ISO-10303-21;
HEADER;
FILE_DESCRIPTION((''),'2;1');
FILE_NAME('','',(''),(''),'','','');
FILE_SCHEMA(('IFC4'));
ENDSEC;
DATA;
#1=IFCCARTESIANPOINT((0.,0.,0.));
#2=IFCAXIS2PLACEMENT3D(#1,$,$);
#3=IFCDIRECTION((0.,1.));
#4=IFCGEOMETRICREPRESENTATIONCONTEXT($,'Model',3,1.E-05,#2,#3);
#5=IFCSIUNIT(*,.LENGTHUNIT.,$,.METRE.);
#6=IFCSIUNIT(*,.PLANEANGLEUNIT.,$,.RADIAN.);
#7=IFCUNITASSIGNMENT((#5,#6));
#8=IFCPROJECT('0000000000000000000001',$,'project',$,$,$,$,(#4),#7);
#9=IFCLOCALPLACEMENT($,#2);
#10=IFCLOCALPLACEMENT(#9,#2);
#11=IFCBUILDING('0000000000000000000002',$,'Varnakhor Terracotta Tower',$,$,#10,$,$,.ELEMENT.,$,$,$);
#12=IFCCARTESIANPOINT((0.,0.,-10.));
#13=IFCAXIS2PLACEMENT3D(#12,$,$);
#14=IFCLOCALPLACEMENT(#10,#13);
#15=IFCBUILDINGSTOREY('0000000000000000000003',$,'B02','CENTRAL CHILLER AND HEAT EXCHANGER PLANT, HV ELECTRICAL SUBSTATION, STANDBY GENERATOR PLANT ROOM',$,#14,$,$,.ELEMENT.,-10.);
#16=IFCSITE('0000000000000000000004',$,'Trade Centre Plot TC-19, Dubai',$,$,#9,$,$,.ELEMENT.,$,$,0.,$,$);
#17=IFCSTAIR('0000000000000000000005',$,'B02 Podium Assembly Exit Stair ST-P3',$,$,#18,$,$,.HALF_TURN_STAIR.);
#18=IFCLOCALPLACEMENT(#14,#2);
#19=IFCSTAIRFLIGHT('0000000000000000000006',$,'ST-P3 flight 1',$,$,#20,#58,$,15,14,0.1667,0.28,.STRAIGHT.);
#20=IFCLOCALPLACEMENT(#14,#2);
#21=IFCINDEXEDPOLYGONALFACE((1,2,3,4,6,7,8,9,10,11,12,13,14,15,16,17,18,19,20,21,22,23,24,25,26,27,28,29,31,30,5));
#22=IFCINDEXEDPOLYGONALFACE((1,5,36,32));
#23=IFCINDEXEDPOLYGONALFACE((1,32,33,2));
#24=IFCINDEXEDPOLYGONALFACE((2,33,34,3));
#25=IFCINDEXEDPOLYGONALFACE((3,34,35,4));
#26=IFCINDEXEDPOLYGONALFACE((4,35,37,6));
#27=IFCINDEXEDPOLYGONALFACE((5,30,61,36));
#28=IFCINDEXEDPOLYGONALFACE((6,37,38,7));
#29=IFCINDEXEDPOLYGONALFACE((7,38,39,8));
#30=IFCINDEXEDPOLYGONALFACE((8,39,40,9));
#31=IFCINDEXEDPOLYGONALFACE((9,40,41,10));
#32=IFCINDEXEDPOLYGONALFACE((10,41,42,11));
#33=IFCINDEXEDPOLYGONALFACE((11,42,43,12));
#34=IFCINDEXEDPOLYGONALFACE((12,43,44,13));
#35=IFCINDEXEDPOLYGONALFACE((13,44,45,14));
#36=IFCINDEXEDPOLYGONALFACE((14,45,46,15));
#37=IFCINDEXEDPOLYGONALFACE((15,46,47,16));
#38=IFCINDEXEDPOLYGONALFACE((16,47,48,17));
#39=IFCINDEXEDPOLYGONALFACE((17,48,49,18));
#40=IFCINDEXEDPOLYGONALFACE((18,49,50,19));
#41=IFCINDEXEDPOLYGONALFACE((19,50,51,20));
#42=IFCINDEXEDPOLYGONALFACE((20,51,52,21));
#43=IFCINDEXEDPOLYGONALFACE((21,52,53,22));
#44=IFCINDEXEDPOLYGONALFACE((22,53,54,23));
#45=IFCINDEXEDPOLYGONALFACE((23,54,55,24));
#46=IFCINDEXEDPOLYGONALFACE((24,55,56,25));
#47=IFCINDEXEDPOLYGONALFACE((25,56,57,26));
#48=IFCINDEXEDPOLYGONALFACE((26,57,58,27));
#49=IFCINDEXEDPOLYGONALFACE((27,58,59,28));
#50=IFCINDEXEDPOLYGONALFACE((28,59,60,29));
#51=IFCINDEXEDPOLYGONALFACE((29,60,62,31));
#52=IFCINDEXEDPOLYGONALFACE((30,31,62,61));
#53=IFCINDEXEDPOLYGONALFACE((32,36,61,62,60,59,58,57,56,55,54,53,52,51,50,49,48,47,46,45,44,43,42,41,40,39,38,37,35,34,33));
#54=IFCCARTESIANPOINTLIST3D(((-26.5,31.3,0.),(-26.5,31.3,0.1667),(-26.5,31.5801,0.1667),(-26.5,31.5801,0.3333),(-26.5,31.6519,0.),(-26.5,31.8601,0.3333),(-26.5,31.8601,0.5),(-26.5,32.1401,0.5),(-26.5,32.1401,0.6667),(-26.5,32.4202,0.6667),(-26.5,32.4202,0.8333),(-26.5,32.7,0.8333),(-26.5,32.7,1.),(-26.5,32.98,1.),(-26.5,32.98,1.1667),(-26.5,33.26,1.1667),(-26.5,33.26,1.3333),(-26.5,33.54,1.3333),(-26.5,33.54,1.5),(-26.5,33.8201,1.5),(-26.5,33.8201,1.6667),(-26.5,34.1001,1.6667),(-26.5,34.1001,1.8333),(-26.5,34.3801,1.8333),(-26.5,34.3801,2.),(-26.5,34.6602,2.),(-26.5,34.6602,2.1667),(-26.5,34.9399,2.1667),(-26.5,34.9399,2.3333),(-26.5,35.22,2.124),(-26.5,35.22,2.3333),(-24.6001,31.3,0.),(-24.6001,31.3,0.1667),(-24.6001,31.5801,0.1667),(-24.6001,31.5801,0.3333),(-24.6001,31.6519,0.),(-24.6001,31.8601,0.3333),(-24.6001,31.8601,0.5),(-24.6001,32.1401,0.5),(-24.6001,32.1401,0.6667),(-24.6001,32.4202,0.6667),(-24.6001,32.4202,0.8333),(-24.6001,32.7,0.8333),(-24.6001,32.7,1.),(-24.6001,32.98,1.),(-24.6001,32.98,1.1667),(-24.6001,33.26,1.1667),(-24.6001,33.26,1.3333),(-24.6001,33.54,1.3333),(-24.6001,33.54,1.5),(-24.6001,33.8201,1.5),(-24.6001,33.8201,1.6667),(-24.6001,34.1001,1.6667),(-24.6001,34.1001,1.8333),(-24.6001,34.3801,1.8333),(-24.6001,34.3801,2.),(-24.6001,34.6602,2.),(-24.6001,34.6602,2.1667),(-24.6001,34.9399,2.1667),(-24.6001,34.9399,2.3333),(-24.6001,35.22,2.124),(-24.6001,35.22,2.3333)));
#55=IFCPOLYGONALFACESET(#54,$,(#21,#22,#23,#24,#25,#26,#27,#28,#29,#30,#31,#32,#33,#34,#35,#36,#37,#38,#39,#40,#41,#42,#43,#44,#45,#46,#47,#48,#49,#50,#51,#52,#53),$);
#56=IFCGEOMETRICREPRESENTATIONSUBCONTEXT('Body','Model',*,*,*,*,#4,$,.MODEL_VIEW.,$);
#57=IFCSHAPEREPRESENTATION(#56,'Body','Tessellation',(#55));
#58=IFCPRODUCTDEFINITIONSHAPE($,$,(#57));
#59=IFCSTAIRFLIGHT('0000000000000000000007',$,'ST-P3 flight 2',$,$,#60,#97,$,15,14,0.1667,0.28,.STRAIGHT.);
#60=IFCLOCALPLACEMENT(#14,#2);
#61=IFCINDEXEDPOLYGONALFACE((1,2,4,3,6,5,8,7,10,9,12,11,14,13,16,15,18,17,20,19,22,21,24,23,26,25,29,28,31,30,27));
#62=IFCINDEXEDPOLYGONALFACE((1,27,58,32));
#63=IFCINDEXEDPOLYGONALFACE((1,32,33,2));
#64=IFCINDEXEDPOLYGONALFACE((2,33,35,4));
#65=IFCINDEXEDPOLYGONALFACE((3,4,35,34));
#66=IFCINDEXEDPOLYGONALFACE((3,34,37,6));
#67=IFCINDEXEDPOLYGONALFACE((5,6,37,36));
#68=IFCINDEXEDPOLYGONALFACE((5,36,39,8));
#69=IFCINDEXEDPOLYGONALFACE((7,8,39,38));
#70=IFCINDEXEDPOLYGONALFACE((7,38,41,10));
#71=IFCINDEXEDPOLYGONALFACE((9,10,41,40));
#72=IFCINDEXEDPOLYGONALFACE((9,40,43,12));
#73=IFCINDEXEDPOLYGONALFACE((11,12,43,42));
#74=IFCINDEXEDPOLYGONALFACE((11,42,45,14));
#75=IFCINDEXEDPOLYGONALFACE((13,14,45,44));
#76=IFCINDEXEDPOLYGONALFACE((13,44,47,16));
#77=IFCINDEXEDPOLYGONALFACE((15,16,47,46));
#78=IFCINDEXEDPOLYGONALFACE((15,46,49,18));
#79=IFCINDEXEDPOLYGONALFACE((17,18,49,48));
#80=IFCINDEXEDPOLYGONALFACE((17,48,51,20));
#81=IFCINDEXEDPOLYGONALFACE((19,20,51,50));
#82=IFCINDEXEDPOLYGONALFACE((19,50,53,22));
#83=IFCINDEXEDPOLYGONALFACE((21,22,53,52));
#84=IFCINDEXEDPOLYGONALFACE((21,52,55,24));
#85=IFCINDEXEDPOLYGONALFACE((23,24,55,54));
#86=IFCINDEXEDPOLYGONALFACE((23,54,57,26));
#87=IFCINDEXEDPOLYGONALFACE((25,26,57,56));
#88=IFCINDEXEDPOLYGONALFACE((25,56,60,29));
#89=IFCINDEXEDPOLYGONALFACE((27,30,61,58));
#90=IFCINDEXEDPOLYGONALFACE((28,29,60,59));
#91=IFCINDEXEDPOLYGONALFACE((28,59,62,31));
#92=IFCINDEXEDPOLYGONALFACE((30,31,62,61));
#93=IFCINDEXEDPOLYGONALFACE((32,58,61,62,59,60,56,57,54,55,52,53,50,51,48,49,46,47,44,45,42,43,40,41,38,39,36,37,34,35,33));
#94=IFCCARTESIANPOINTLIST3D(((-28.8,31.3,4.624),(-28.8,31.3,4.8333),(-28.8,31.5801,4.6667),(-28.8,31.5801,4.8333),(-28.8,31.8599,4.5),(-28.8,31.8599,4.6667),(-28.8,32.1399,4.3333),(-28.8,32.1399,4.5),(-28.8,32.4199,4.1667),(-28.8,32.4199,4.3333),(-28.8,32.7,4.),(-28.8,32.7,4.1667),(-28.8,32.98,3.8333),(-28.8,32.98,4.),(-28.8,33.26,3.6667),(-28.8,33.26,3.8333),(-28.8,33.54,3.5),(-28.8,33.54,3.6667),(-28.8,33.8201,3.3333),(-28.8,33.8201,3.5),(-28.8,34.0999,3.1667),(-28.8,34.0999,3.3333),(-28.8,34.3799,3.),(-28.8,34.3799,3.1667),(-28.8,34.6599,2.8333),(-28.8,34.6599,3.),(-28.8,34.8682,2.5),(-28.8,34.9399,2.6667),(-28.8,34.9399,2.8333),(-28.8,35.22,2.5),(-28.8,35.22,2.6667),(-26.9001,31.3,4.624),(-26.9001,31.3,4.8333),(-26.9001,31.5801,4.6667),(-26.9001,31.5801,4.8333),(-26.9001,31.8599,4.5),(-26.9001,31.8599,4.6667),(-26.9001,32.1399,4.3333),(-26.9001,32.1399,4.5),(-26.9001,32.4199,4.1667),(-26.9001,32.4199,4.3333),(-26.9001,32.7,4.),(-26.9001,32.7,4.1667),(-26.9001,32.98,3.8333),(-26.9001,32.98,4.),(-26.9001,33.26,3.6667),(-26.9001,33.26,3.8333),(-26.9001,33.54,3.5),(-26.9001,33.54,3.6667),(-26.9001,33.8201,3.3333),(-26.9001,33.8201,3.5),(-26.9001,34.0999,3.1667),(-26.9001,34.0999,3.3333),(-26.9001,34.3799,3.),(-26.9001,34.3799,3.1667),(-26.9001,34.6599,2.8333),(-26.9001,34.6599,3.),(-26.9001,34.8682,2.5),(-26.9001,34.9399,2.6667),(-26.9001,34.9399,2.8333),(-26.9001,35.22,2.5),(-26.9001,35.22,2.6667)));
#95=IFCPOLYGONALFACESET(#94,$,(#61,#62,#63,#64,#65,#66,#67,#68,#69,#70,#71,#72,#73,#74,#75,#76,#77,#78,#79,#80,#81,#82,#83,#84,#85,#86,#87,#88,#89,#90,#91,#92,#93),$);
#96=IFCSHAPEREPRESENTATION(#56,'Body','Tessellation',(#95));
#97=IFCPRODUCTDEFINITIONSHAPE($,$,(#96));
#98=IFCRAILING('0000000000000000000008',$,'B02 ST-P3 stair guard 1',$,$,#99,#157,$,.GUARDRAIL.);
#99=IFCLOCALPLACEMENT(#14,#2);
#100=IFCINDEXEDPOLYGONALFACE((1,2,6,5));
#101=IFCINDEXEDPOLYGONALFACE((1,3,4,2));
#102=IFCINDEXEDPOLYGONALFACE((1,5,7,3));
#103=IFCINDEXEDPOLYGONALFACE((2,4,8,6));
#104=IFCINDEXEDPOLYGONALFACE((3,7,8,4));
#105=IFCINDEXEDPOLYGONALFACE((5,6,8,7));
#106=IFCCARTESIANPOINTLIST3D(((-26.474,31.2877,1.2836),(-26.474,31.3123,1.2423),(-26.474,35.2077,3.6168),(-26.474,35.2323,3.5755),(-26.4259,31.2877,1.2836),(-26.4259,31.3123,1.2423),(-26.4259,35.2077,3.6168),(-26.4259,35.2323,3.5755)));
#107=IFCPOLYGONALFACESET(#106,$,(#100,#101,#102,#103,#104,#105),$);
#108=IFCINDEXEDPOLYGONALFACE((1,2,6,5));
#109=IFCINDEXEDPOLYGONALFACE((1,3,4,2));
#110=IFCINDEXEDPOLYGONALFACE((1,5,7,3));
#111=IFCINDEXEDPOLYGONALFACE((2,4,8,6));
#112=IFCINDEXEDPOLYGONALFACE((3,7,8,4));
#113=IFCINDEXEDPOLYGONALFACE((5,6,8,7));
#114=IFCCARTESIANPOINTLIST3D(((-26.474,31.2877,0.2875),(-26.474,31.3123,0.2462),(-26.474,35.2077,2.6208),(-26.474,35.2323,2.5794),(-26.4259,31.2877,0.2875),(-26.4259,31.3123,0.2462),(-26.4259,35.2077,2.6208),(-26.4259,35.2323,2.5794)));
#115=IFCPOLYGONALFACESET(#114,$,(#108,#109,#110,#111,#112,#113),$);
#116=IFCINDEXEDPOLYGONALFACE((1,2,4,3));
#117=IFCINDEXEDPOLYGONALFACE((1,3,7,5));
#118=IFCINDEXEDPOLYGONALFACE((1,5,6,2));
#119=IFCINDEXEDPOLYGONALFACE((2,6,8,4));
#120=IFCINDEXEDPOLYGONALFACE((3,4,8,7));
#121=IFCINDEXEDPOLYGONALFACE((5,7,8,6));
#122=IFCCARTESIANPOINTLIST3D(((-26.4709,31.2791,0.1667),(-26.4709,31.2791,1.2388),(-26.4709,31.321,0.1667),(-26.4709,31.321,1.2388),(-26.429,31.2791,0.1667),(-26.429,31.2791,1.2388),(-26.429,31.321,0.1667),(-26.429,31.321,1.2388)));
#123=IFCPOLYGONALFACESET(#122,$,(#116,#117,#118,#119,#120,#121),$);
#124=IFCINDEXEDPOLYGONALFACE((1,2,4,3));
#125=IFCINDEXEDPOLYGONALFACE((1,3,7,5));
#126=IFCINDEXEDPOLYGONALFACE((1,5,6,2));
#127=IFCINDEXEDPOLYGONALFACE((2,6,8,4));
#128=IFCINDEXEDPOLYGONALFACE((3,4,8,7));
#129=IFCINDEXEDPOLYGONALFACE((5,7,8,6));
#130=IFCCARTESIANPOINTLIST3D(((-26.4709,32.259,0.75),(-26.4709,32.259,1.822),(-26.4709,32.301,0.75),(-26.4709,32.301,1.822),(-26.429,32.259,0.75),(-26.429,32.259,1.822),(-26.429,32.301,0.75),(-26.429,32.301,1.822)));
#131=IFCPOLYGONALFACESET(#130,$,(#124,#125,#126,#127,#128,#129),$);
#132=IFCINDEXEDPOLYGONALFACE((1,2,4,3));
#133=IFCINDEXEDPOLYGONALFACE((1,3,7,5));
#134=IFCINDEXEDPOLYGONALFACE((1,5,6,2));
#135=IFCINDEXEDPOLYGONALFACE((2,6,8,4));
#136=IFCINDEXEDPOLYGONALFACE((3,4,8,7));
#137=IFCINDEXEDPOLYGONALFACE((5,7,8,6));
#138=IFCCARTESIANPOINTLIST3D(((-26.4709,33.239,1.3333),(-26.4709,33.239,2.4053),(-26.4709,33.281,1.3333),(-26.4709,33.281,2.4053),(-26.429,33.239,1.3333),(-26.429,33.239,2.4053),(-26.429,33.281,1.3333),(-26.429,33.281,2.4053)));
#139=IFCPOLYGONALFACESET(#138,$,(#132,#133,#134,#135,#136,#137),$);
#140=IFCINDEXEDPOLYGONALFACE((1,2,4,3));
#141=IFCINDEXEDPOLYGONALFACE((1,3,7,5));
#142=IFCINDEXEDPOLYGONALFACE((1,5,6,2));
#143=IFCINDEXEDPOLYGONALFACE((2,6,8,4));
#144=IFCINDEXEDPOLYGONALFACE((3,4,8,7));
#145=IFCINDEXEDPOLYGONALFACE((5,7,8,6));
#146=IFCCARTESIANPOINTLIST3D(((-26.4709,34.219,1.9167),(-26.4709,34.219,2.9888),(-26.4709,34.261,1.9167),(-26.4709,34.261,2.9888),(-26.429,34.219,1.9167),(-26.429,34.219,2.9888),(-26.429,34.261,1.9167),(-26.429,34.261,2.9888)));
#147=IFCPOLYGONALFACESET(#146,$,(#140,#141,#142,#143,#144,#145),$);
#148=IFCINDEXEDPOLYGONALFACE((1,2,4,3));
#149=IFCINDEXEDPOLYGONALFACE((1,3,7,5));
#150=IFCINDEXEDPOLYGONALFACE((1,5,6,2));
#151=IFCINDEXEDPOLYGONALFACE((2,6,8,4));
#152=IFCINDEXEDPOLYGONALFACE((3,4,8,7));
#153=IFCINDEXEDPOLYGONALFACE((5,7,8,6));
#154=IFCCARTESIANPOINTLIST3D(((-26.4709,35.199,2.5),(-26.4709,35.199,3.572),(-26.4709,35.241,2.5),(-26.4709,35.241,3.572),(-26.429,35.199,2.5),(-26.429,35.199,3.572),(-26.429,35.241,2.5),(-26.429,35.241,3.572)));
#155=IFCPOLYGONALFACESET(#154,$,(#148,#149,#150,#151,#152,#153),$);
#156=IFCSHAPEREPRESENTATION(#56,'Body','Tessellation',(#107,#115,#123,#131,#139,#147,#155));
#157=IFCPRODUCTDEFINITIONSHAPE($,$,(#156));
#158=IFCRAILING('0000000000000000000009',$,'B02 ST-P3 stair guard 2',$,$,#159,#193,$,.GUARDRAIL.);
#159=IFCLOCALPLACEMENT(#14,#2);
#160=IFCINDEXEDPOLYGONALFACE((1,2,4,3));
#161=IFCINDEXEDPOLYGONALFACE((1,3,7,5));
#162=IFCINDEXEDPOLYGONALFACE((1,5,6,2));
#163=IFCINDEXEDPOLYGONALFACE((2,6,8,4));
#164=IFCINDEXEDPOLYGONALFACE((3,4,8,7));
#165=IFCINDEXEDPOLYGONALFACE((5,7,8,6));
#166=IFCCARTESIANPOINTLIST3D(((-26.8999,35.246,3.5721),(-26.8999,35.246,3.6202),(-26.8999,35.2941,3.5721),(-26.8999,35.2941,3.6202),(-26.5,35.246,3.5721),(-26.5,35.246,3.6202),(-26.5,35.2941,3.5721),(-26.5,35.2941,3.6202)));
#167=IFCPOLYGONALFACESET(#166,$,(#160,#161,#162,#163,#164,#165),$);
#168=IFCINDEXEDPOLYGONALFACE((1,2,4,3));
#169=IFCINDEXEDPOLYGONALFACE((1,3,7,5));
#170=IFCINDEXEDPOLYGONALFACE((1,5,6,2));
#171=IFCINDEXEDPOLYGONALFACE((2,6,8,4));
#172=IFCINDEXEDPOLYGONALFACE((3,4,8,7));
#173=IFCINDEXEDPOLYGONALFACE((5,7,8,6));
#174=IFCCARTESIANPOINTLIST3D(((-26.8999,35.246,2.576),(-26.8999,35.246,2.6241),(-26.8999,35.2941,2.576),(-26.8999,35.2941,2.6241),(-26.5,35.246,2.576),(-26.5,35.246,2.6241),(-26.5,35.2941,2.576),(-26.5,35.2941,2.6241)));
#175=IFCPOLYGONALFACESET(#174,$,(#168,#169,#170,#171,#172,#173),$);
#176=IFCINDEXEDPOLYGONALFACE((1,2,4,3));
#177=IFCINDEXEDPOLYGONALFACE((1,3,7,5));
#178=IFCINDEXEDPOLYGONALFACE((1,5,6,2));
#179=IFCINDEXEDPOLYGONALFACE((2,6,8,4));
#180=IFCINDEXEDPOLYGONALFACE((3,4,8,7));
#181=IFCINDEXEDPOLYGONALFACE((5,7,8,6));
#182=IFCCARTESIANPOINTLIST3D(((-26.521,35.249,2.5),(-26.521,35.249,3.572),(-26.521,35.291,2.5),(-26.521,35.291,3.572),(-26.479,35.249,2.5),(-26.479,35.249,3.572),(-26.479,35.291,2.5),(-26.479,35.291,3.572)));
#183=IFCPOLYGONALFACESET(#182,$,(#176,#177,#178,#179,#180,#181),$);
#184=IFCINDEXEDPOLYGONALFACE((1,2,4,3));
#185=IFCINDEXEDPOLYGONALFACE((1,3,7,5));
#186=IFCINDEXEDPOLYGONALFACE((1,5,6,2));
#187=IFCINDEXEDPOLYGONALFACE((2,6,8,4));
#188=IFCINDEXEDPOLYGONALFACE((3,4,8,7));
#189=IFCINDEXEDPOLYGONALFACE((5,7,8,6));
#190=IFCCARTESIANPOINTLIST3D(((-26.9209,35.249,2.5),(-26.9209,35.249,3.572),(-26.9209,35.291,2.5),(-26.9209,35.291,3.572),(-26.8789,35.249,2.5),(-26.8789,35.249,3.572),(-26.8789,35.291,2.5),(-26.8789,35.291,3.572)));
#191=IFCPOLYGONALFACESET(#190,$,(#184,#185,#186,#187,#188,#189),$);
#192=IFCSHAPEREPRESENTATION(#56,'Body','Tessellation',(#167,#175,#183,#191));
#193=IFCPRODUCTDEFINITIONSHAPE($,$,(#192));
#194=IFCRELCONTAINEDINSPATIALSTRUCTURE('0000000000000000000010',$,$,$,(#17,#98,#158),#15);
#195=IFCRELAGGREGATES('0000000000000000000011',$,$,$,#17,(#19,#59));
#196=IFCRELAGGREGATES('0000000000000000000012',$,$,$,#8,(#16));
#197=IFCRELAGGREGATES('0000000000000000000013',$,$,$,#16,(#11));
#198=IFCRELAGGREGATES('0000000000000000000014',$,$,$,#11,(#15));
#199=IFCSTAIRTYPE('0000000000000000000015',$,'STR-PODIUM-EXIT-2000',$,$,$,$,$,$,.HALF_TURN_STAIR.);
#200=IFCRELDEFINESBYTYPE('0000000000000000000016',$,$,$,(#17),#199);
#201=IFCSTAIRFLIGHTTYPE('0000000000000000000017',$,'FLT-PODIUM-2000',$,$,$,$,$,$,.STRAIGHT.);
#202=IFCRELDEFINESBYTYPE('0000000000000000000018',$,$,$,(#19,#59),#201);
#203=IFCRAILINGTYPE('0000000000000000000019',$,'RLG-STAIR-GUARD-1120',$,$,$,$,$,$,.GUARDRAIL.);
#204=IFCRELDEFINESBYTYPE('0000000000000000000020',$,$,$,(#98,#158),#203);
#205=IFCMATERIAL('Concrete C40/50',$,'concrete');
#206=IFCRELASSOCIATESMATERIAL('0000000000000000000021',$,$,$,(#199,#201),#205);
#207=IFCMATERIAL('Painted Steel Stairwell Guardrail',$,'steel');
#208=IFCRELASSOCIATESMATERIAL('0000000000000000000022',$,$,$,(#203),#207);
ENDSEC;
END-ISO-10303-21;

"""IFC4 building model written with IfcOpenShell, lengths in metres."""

from ifc_helpers import new_model, si_unit, direction, frame, origin, origin_2d, place, context, subcontext, project, spatial, polyline, rectangle, outline, extrude, material, type_object, element, aggregate, save


model = new_model("IFC4")

# Units and contexts
model_context = context("Model", 3, precision=1e-05, world=origin(), true_north=direction((0.0, 1.0)))
body_context = subcontext(model_context, "Body", "Model", "MODEL_VIEW")
ifc_project = project(units=[si_unit("LENGTHUNIT", "METRE"), si_unit("PLANEANGLEUNIT", "RADIAN")], contexts=[model_context])

# Site, building, storey
site_placement = place(None, origin())
site = spatial("IfcSite", under=ifc_project, at=site_placement, Name="Trade Centre Plot TC-19, Dubai", CompositionType="ELEMENT", RefElevation=0.0)
building_placement = place(site_placement, origin())
building = spatial("IfcBuilding", under=site, at=building_placement, Name="Varnakhor Terracotta Tower", CompositionType="ELEMENT")
storey_placement = place(building_placement, frame((0.0, 0.0, -10.0)))
storey = spatial("IfcBuildingStorey", under=building, at=storey_placement, Name="B02", Description="CENTRAL CHILLER AND HEAT EXCHANGER PLANT, HV ELECTRICAL SUBSTATION, STANDBY GENERATOR PLANT ROOM", CompositionType="ELEMENT", Elevation=-10.0)

# Shared definitions
ifc_material_1 = material(Name="Concrete C40/50", Category="concrete")

# Stair, stair flights
stair_type = type_object("IfcStairType", Name="STR-PODIUM-EXIT-2000", PredefinedType="HALF_TURN_STAIR", material=ifc_material_1)
stair_placement = place(storey_placement, origin())
stair = element("IfcStair", 1, at=stair_placement, inside=storey, type_object=stair_type, Name="B02 Podium Assembly Exit Stair ST-P3", PredefinedType="HALF_TURN_STAIR")
stair_flight_type = type_object("IfcStairFlightType", Name="FLT-PODIUM-2000", PredefinedType="STRAIGHT", material=ifc_material_1)
stair_flight_1_placement = place(storey_placement, frame((-25.55, 31.3, 0.0), z_axis=(0.0, 0.0, 1.0), x_axis=(0.0, 1.0, 0.0)))
stair_flight_1 = element("IfcStairFlight", 2, at=stair_flight_1_placement, type_object=stair_flight_type, Name="ST-P3 flight 1", NumberOfRisers=15, NumberOfTreads=14, PredefinedType="STRAIGHT", RiserHeight=0.1667, TreadLength=0.28, context=body_context, shape_type="SweptSolid", body=[
    extrude(outline(polyline([(0.0, 0.0), (0.0, 0.1667), (0.28, 0.1667), (0.28, 0.3333), (0.5601, 0.3333), (0.5601, 0.5), (0.8401, 0.5), (0.8401, 0.6667), (1.1201, 0.6667), (1.1201, 0.8333), (1.3999, 0.8333), (1.3999, 1.0), (1.6799, 1.0), (1.6799, 1.1667), (1.96, 1.1667), (1.96, 1.3333), (2.24, 1.3333), (2.24, 1.5), (2.52, 1.5), (2.52, 1.6667), (2.8, 1.6667), (2.8, 1.8333), (3.0801, 1.8333), (3.0801, 2.0), (3.3601, 2.0), (3.3601, 2.1667), (3.6399, 2.1667), (3.6399, 2.3333), (3.9199, 2.3333), (3.9199, 2.5), (3.9199, 2.124), (0.3518, 0.0), (0.0, 0.0)])), frame((0.0, 0.95, 0.0), z_axis=(0.0, -1.0, 0.0), x_axis=(1.0, 0.0, 0.0)), (0.0, 0.0, 1.0), 1.8999),
])
stair_flight_2_placement = place(storey_placement, frame((-27.8501, 35.22, 2.5), z_axis=(0.0, 0.0, 1.0), x_axis=(0.0, -1.0, 0.0)))
stair_flight_2 = element("IfcStairFlight", 3, at=stair_flight_2_placement, type_object=stair_flight_type, Name="ST-P3 flight 2", NumberOfRisers=15, NumberOfTreads=14, PredefinedType="STRAIGHT", RiserHeight=0.1667, TreadLength=0.28, context=body_context, shape_type="SweptSolid", body=[
    extrude(outline(polyline([(0.0, 0.0), (0.0, 0.1667), (0.28, 0.1667), (0.28, 0.3333), (0.5601, 0.3333), (0.5601, 0.5), (0.8401, 0.5), (0.8401, 0.6667), (1.1201, 0.6667), (1.1201, 0.8333), (1.3999, 0.8333), (1.3999, 1.0), (1.6799, 1.0), (1.6799, 1.1667), (1.96, 1.1667), (1.96, 1.3333), (2.24, 1.3333), (2.24, 1.5), (2.52, 1.5), (2.52, 1.6667), (2.8, 1.6667), (2.8, 1.8333), (3.0801, 1.8333), (3.0801, 2.0), (3.3601, 2.0), (3.3601, 2.1667), (3.6399, 2.1667), (3.6399, 2.3333), (3.9199, 2.3333), (3.9199, 2.5), (3.9199, 2.124), (0.3518, 0.0), (0.0, 0.0)])), frame((0.0, 0.95, 0.0), z_axis=(0.0, -1.0, 0.0), x_axis=(1.0, 0.0, 0.0)), (0.0, 0.0, 1.0), 1.8999),
])
aggregate(stair, [stair_flight_1, stair_flight_2])

# Railings
ifc_material_2 = material(Name="Painted Steel Stairwell Guardrail", Category="steel")
railing_type_1 = type_object("IfcRailingType", Name="RLG-STAIR-GUARD-1120", PredefinedType="GUARDRAIL", material=ifc_material_2)
railing_1_placement = place(storey_placement, frame((-26.45, 31.3, 0.1667)))
element("IfcRailing", 4, at=railing_1_placement, inside=storey, type_object=railing_type_1, Name="B02 ST-P3 stair guard 1", PredefinedType="GUARDRAIL", context=body_context, shape_type="SweptSolid", body=[
    extrude(rectangle(XDim=0.0481, YDim=0.0481, at=origin_2d()), frame((0.0, 0.0, 1.0962), z_axis=(0.0, 0.859296, 0.511478), x_axis=(-1.0, 0.0, 0.0)), (0.0, 0.0, 1.0), 4.5618),
    extrude(rectangle(XDim=0.0481, YDim=0.0481, at=origin_2d()), frame((0.0, 0.0, 0.1001), z_axis=(0.0, 0.859296, 0.511478), x_axis=(-1.0, 0.0, 0.0)), (0.0, 0.0, 1.0), 4.5618),
    extrude(rectangle(XDim=0.042, YDim=0.042, at=origin_2d()), origin(), (0.0, 0.0, 1.0), 1.072),
    extrude(rectangle(XDim=0.042, YDim=0.042, at=origin_2d()), frame((0.0, 0.98, 0.5833)), (0.0, 0.0, 1.0), 1.072),
    extrude(rectangle(XDim=0.042, YDim=0.042, at=origin_2d()), frame((0.0, 1.96, 1.1665)), (0.0, 0.0, 1.0), 1.072),
    extrude(rectangle(XDim=0.042, YDim=0.042, at=origin_2d()), frame((0.0, 2.9399, 1.75)), (0.0, 0.0, 1.0), 1.072),
    extrude(rectangle(XDim=0.042, YDim=0.042, at=origin_2d()), frame((0.0, 3.9199, 2.3333)), (0.0, 0.0, 1.0), 1.072),
])
railing_2_placement = place(storey_placement, frame((-26.5, 35.27, 2.5)))
element("IfcRailing", 5, at=railing_2_placement, inside=storey, type_object=railing_type_1, Name="B02 ST-P3 stair guard 2", PredefinedType="GUARDRAIL", context=body_context, shape_type="SweptSolid", body=[
    extrude(rectangle(XDim=0.0481, YDim=0.0481, at=origin_2d()), frame((0.0, 0.0, 1.0962), z_axis=(-1.0, 0.0, 0.0), x_axis=(0.0, -1.0, 0.0)), (0.0, 0.0, 1.0), 0.3999),
    extrude(rectangle(XDim=0.0481, YDim=0.0481, at=origin_2d()), frame((0.0, 0.0, 0.1001), z_axis=(-1.0, 0.0, 0.0), x_axis=(0.0, -1.0, 0.0)), (0.0, 0.0, 1.0), 0.3999),
    extrude(rectangle(XDim=0.042, YDim=0.042, at=origin_2d()), origin(), (0.0, 0.0, 1.0), 1.072),
    extrude(rectangle(XDim=0.042, YDim=0.042, at=origin_2d()), frame((-0.3999, 0.0, 0.0)), (0.0, 0.0, 1.0), 1.072),
])

save(model, "model.ifc")
